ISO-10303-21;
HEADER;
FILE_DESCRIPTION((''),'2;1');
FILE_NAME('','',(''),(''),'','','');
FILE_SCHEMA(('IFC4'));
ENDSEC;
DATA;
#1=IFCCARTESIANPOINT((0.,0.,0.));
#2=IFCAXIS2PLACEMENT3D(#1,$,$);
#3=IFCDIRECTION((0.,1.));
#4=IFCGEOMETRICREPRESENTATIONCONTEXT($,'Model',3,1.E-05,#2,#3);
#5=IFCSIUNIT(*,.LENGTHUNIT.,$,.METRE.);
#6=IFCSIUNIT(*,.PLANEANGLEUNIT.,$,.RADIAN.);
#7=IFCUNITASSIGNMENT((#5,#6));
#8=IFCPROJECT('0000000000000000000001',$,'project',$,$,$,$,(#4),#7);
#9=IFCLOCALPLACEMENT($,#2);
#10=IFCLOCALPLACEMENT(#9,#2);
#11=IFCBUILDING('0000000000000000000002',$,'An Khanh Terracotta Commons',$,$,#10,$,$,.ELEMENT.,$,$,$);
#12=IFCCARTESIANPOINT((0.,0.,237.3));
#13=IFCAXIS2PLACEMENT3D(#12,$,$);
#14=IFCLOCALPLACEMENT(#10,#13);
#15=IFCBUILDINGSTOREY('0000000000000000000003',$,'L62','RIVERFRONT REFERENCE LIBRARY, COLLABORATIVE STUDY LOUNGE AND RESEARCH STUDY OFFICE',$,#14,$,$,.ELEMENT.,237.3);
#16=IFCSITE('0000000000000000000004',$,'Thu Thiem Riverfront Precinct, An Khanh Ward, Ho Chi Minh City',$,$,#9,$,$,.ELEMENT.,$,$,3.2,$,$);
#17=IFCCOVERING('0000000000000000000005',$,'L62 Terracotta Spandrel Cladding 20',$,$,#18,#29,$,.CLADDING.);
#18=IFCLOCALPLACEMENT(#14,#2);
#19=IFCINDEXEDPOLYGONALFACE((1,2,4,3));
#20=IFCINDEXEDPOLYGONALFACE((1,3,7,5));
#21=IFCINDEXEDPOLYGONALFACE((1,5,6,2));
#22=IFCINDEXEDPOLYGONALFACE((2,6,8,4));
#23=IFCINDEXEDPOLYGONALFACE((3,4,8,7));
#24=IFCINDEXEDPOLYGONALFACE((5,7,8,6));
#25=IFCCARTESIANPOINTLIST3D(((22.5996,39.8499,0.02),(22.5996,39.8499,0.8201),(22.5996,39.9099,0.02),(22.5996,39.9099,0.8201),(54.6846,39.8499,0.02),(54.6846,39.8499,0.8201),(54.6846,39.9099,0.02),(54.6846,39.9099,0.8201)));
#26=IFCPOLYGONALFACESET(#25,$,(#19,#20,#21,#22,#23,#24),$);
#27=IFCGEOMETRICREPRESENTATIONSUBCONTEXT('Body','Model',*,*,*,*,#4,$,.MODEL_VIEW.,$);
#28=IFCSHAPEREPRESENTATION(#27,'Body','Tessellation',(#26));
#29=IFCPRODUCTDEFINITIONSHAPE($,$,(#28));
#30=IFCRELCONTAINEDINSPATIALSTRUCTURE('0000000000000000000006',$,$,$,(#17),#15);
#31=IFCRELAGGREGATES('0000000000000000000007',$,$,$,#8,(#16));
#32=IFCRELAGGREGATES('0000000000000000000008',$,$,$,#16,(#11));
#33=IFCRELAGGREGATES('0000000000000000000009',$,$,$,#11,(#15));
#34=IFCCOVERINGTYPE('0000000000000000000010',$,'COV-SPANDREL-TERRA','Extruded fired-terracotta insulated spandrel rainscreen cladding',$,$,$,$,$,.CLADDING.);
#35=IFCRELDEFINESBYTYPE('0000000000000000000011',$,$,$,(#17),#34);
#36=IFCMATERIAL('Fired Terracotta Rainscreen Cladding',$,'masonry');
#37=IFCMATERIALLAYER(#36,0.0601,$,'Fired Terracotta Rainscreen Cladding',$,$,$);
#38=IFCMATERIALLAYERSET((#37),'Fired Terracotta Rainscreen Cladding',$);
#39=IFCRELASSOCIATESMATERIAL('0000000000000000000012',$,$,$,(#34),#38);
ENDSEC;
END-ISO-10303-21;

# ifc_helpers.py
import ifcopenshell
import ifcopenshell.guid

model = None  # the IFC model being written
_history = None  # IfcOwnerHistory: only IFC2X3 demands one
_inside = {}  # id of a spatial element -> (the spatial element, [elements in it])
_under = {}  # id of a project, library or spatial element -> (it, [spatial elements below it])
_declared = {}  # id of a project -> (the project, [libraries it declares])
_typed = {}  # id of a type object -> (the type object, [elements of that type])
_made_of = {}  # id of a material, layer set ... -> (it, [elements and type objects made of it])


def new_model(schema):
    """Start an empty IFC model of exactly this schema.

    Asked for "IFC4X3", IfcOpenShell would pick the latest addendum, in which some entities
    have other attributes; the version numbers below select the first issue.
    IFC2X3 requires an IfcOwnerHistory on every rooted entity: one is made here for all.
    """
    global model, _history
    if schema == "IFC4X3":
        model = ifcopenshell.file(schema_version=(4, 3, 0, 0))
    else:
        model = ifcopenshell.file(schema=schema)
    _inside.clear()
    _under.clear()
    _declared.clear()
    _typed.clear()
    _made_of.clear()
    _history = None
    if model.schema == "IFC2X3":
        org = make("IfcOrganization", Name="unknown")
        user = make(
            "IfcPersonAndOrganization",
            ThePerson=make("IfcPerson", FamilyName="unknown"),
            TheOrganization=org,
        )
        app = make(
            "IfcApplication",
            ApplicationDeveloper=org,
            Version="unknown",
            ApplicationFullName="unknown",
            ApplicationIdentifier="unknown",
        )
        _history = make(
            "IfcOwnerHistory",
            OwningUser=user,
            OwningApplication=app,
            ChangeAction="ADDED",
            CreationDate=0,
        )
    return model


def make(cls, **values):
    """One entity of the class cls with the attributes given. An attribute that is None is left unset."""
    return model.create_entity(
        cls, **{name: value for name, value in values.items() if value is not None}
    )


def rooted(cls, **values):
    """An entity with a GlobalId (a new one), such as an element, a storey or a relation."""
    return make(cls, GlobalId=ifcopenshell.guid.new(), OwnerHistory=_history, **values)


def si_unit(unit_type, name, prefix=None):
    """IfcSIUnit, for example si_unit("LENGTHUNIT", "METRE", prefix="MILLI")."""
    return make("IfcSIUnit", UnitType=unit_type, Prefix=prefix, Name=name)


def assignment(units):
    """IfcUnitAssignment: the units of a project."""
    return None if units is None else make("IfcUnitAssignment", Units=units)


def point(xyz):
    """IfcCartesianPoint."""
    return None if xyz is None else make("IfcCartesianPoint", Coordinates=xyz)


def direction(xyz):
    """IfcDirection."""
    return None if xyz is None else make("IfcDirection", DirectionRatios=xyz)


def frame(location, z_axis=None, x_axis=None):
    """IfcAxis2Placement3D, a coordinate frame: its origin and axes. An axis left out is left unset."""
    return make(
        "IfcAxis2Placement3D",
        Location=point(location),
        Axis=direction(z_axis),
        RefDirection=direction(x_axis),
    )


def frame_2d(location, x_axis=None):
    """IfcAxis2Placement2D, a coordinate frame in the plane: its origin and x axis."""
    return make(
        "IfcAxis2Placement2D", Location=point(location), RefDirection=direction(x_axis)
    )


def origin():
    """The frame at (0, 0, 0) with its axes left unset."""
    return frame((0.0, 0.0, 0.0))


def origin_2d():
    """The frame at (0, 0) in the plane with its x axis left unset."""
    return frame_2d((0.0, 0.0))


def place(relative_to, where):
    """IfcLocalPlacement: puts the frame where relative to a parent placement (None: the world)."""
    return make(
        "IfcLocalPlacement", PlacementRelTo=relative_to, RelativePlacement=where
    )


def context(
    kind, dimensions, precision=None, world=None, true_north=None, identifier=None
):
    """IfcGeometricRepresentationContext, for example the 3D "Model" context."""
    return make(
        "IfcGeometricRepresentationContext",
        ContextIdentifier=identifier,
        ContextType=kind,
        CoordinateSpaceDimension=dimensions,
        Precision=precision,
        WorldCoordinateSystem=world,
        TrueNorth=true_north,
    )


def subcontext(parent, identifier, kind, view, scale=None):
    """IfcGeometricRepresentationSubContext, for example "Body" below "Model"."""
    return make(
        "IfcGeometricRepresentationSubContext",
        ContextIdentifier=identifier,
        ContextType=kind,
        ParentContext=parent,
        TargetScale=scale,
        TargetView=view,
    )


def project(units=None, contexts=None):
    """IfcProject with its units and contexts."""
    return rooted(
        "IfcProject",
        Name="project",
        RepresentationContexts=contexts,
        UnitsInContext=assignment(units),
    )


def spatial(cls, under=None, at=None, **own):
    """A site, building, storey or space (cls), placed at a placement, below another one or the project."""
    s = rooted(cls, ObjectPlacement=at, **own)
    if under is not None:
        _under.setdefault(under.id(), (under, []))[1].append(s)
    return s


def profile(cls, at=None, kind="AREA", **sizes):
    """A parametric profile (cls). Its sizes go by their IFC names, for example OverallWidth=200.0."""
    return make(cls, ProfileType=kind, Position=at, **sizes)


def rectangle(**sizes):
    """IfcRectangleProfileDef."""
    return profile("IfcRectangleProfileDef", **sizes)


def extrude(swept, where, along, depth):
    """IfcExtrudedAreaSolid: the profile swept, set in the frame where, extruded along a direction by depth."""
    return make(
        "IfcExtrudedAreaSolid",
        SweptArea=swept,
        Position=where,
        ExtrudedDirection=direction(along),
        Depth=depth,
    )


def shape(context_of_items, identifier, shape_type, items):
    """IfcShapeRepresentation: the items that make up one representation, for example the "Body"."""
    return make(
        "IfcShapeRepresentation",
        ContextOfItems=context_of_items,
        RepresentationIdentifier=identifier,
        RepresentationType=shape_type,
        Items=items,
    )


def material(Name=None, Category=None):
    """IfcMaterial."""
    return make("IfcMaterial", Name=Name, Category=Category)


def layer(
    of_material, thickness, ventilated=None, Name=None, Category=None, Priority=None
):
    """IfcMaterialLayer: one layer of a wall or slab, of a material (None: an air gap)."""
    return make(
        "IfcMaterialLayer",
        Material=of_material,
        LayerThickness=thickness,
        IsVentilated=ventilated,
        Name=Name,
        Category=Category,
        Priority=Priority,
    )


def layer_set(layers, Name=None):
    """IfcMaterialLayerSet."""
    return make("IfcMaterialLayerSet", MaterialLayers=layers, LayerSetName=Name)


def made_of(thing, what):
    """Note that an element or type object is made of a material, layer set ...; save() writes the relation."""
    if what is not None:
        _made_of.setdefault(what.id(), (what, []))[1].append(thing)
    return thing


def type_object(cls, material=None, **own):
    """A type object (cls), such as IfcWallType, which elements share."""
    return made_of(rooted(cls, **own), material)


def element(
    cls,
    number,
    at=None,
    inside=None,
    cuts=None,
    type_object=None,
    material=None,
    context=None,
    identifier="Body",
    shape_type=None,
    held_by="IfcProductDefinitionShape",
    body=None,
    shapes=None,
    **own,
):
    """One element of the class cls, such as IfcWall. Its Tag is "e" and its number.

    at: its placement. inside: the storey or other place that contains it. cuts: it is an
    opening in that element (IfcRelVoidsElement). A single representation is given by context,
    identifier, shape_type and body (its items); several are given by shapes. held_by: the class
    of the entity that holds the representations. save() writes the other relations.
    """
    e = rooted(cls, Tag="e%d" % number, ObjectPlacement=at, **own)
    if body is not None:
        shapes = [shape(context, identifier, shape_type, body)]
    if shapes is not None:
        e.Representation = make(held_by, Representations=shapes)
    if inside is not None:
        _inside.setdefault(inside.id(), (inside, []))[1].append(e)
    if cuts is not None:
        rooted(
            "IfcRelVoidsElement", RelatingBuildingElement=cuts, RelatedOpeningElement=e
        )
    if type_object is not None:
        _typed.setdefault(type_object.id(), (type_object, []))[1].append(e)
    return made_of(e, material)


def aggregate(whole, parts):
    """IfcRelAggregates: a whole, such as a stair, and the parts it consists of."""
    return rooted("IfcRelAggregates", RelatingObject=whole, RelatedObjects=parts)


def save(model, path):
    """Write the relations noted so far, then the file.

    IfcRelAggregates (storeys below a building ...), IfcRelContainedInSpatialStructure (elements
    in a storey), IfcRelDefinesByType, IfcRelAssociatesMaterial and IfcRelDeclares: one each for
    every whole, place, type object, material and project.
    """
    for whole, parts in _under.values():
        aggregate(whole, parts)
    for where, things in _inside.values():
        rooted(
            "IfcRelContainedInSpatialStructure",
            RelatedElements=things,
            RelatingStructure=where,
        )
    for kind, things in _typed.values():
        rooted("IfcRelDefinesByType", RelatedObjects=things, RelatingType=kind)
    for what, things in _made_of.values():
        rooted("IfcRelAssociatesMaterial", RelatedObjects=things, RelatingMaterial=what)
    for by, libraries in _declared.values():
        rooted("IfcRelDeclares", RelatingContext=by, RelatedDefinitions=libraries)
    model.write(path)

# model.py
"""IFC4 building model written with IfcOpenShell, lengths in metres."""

from ifc_helpers import new_model, si_unit, direction, frame, origin, origin_2d, place, context, subcontext, project, spatial, rectangle, extrude, material, layer, layer_set, type_object, element, save


model = new_model("IFC4")

# Units and contexts
model_context = context("Model", 3, precision=1e-05, world=origin(), true_north=direction((0.0, 1.0)))
body_context = subcontext(model_context, "Body", "Model", "MODEL_VIEW")
ifc_project = project(units=[si_unit("LENGTHUNIT", "METRE"), si_unit("PLANEANGLEUNIT", "RADIAN")], contexts=[model_context])

# Site, building, storey
site_placement = place(None, origin())
site = spatial("IfcSite", under=ifc_project, at=site_placement, Name="Thu Thiem Riverfront Precinct, An Khanh Ward, Ho Chi Minh City", CompositionType="ELEMENT", RefElevation=3.2)
building_placement = place(site_placement, origin())
building = spatial("IfcBuilding", under=site, at=building_placement, Name="An Khanh Terracotta Commons", CompositionType="ELEMENT")
storey_placement = place(building_placement, frame((0.0, 0.0, 237.3)))
storey = spatial("IfcBuildingStorey", under=building, at=storey_placement, Name="L62", Description="RIVERFRONT REFERENCE LIBRARY, COLLABORATIVE STUDY LOUNGE AND RESEARCH STUDY OFFICE", CompositionType="ELEMENT", Elevation=237.3)

# Covering
ifc_material_1 = material(Name="Fired Terracotta Rainscreen Cladding", Category="masonry")
ifc_layer_1 = layer(ifc_material_1, 0.0601, Name="Fired Terracotta Rainscreen Cladding")
ifc_layer_set_1 = layer_set([ifc_layer_1], Name="Fired Terracotta Rainscreen Cladding")
covering_type = type_object("IfcCoveringType", Name="COV-SPANDREL-TERRA", Description="Extruded fired-terracotta insulated spandrel rainscreen cladding", PredefinedType="CLADDING", material=ifc_layer_set_1)
covering_placement = place(storey_placement, frame((38.6421, 39.8799, 0.02), z_axis=(0.0, 0.0, 1.0), x_axis=(-1.0, 0.0, 0.0)))
element("IfcCovering", 1, at=covering_placement, inside=storey, type_object=covering_type, Name="L62 Terracotta Spandrel Cladding 20", PredefinedType="CLADDING", context=body_context, shape_type="SweptSolid", body=[
    extrude(rectangle(XDim=32.085, YDim=0.0601, at=origin_2d()), origin(), (0.0, 0.0, 1.0), 0.8),
])

save(model, "model.ifc")
